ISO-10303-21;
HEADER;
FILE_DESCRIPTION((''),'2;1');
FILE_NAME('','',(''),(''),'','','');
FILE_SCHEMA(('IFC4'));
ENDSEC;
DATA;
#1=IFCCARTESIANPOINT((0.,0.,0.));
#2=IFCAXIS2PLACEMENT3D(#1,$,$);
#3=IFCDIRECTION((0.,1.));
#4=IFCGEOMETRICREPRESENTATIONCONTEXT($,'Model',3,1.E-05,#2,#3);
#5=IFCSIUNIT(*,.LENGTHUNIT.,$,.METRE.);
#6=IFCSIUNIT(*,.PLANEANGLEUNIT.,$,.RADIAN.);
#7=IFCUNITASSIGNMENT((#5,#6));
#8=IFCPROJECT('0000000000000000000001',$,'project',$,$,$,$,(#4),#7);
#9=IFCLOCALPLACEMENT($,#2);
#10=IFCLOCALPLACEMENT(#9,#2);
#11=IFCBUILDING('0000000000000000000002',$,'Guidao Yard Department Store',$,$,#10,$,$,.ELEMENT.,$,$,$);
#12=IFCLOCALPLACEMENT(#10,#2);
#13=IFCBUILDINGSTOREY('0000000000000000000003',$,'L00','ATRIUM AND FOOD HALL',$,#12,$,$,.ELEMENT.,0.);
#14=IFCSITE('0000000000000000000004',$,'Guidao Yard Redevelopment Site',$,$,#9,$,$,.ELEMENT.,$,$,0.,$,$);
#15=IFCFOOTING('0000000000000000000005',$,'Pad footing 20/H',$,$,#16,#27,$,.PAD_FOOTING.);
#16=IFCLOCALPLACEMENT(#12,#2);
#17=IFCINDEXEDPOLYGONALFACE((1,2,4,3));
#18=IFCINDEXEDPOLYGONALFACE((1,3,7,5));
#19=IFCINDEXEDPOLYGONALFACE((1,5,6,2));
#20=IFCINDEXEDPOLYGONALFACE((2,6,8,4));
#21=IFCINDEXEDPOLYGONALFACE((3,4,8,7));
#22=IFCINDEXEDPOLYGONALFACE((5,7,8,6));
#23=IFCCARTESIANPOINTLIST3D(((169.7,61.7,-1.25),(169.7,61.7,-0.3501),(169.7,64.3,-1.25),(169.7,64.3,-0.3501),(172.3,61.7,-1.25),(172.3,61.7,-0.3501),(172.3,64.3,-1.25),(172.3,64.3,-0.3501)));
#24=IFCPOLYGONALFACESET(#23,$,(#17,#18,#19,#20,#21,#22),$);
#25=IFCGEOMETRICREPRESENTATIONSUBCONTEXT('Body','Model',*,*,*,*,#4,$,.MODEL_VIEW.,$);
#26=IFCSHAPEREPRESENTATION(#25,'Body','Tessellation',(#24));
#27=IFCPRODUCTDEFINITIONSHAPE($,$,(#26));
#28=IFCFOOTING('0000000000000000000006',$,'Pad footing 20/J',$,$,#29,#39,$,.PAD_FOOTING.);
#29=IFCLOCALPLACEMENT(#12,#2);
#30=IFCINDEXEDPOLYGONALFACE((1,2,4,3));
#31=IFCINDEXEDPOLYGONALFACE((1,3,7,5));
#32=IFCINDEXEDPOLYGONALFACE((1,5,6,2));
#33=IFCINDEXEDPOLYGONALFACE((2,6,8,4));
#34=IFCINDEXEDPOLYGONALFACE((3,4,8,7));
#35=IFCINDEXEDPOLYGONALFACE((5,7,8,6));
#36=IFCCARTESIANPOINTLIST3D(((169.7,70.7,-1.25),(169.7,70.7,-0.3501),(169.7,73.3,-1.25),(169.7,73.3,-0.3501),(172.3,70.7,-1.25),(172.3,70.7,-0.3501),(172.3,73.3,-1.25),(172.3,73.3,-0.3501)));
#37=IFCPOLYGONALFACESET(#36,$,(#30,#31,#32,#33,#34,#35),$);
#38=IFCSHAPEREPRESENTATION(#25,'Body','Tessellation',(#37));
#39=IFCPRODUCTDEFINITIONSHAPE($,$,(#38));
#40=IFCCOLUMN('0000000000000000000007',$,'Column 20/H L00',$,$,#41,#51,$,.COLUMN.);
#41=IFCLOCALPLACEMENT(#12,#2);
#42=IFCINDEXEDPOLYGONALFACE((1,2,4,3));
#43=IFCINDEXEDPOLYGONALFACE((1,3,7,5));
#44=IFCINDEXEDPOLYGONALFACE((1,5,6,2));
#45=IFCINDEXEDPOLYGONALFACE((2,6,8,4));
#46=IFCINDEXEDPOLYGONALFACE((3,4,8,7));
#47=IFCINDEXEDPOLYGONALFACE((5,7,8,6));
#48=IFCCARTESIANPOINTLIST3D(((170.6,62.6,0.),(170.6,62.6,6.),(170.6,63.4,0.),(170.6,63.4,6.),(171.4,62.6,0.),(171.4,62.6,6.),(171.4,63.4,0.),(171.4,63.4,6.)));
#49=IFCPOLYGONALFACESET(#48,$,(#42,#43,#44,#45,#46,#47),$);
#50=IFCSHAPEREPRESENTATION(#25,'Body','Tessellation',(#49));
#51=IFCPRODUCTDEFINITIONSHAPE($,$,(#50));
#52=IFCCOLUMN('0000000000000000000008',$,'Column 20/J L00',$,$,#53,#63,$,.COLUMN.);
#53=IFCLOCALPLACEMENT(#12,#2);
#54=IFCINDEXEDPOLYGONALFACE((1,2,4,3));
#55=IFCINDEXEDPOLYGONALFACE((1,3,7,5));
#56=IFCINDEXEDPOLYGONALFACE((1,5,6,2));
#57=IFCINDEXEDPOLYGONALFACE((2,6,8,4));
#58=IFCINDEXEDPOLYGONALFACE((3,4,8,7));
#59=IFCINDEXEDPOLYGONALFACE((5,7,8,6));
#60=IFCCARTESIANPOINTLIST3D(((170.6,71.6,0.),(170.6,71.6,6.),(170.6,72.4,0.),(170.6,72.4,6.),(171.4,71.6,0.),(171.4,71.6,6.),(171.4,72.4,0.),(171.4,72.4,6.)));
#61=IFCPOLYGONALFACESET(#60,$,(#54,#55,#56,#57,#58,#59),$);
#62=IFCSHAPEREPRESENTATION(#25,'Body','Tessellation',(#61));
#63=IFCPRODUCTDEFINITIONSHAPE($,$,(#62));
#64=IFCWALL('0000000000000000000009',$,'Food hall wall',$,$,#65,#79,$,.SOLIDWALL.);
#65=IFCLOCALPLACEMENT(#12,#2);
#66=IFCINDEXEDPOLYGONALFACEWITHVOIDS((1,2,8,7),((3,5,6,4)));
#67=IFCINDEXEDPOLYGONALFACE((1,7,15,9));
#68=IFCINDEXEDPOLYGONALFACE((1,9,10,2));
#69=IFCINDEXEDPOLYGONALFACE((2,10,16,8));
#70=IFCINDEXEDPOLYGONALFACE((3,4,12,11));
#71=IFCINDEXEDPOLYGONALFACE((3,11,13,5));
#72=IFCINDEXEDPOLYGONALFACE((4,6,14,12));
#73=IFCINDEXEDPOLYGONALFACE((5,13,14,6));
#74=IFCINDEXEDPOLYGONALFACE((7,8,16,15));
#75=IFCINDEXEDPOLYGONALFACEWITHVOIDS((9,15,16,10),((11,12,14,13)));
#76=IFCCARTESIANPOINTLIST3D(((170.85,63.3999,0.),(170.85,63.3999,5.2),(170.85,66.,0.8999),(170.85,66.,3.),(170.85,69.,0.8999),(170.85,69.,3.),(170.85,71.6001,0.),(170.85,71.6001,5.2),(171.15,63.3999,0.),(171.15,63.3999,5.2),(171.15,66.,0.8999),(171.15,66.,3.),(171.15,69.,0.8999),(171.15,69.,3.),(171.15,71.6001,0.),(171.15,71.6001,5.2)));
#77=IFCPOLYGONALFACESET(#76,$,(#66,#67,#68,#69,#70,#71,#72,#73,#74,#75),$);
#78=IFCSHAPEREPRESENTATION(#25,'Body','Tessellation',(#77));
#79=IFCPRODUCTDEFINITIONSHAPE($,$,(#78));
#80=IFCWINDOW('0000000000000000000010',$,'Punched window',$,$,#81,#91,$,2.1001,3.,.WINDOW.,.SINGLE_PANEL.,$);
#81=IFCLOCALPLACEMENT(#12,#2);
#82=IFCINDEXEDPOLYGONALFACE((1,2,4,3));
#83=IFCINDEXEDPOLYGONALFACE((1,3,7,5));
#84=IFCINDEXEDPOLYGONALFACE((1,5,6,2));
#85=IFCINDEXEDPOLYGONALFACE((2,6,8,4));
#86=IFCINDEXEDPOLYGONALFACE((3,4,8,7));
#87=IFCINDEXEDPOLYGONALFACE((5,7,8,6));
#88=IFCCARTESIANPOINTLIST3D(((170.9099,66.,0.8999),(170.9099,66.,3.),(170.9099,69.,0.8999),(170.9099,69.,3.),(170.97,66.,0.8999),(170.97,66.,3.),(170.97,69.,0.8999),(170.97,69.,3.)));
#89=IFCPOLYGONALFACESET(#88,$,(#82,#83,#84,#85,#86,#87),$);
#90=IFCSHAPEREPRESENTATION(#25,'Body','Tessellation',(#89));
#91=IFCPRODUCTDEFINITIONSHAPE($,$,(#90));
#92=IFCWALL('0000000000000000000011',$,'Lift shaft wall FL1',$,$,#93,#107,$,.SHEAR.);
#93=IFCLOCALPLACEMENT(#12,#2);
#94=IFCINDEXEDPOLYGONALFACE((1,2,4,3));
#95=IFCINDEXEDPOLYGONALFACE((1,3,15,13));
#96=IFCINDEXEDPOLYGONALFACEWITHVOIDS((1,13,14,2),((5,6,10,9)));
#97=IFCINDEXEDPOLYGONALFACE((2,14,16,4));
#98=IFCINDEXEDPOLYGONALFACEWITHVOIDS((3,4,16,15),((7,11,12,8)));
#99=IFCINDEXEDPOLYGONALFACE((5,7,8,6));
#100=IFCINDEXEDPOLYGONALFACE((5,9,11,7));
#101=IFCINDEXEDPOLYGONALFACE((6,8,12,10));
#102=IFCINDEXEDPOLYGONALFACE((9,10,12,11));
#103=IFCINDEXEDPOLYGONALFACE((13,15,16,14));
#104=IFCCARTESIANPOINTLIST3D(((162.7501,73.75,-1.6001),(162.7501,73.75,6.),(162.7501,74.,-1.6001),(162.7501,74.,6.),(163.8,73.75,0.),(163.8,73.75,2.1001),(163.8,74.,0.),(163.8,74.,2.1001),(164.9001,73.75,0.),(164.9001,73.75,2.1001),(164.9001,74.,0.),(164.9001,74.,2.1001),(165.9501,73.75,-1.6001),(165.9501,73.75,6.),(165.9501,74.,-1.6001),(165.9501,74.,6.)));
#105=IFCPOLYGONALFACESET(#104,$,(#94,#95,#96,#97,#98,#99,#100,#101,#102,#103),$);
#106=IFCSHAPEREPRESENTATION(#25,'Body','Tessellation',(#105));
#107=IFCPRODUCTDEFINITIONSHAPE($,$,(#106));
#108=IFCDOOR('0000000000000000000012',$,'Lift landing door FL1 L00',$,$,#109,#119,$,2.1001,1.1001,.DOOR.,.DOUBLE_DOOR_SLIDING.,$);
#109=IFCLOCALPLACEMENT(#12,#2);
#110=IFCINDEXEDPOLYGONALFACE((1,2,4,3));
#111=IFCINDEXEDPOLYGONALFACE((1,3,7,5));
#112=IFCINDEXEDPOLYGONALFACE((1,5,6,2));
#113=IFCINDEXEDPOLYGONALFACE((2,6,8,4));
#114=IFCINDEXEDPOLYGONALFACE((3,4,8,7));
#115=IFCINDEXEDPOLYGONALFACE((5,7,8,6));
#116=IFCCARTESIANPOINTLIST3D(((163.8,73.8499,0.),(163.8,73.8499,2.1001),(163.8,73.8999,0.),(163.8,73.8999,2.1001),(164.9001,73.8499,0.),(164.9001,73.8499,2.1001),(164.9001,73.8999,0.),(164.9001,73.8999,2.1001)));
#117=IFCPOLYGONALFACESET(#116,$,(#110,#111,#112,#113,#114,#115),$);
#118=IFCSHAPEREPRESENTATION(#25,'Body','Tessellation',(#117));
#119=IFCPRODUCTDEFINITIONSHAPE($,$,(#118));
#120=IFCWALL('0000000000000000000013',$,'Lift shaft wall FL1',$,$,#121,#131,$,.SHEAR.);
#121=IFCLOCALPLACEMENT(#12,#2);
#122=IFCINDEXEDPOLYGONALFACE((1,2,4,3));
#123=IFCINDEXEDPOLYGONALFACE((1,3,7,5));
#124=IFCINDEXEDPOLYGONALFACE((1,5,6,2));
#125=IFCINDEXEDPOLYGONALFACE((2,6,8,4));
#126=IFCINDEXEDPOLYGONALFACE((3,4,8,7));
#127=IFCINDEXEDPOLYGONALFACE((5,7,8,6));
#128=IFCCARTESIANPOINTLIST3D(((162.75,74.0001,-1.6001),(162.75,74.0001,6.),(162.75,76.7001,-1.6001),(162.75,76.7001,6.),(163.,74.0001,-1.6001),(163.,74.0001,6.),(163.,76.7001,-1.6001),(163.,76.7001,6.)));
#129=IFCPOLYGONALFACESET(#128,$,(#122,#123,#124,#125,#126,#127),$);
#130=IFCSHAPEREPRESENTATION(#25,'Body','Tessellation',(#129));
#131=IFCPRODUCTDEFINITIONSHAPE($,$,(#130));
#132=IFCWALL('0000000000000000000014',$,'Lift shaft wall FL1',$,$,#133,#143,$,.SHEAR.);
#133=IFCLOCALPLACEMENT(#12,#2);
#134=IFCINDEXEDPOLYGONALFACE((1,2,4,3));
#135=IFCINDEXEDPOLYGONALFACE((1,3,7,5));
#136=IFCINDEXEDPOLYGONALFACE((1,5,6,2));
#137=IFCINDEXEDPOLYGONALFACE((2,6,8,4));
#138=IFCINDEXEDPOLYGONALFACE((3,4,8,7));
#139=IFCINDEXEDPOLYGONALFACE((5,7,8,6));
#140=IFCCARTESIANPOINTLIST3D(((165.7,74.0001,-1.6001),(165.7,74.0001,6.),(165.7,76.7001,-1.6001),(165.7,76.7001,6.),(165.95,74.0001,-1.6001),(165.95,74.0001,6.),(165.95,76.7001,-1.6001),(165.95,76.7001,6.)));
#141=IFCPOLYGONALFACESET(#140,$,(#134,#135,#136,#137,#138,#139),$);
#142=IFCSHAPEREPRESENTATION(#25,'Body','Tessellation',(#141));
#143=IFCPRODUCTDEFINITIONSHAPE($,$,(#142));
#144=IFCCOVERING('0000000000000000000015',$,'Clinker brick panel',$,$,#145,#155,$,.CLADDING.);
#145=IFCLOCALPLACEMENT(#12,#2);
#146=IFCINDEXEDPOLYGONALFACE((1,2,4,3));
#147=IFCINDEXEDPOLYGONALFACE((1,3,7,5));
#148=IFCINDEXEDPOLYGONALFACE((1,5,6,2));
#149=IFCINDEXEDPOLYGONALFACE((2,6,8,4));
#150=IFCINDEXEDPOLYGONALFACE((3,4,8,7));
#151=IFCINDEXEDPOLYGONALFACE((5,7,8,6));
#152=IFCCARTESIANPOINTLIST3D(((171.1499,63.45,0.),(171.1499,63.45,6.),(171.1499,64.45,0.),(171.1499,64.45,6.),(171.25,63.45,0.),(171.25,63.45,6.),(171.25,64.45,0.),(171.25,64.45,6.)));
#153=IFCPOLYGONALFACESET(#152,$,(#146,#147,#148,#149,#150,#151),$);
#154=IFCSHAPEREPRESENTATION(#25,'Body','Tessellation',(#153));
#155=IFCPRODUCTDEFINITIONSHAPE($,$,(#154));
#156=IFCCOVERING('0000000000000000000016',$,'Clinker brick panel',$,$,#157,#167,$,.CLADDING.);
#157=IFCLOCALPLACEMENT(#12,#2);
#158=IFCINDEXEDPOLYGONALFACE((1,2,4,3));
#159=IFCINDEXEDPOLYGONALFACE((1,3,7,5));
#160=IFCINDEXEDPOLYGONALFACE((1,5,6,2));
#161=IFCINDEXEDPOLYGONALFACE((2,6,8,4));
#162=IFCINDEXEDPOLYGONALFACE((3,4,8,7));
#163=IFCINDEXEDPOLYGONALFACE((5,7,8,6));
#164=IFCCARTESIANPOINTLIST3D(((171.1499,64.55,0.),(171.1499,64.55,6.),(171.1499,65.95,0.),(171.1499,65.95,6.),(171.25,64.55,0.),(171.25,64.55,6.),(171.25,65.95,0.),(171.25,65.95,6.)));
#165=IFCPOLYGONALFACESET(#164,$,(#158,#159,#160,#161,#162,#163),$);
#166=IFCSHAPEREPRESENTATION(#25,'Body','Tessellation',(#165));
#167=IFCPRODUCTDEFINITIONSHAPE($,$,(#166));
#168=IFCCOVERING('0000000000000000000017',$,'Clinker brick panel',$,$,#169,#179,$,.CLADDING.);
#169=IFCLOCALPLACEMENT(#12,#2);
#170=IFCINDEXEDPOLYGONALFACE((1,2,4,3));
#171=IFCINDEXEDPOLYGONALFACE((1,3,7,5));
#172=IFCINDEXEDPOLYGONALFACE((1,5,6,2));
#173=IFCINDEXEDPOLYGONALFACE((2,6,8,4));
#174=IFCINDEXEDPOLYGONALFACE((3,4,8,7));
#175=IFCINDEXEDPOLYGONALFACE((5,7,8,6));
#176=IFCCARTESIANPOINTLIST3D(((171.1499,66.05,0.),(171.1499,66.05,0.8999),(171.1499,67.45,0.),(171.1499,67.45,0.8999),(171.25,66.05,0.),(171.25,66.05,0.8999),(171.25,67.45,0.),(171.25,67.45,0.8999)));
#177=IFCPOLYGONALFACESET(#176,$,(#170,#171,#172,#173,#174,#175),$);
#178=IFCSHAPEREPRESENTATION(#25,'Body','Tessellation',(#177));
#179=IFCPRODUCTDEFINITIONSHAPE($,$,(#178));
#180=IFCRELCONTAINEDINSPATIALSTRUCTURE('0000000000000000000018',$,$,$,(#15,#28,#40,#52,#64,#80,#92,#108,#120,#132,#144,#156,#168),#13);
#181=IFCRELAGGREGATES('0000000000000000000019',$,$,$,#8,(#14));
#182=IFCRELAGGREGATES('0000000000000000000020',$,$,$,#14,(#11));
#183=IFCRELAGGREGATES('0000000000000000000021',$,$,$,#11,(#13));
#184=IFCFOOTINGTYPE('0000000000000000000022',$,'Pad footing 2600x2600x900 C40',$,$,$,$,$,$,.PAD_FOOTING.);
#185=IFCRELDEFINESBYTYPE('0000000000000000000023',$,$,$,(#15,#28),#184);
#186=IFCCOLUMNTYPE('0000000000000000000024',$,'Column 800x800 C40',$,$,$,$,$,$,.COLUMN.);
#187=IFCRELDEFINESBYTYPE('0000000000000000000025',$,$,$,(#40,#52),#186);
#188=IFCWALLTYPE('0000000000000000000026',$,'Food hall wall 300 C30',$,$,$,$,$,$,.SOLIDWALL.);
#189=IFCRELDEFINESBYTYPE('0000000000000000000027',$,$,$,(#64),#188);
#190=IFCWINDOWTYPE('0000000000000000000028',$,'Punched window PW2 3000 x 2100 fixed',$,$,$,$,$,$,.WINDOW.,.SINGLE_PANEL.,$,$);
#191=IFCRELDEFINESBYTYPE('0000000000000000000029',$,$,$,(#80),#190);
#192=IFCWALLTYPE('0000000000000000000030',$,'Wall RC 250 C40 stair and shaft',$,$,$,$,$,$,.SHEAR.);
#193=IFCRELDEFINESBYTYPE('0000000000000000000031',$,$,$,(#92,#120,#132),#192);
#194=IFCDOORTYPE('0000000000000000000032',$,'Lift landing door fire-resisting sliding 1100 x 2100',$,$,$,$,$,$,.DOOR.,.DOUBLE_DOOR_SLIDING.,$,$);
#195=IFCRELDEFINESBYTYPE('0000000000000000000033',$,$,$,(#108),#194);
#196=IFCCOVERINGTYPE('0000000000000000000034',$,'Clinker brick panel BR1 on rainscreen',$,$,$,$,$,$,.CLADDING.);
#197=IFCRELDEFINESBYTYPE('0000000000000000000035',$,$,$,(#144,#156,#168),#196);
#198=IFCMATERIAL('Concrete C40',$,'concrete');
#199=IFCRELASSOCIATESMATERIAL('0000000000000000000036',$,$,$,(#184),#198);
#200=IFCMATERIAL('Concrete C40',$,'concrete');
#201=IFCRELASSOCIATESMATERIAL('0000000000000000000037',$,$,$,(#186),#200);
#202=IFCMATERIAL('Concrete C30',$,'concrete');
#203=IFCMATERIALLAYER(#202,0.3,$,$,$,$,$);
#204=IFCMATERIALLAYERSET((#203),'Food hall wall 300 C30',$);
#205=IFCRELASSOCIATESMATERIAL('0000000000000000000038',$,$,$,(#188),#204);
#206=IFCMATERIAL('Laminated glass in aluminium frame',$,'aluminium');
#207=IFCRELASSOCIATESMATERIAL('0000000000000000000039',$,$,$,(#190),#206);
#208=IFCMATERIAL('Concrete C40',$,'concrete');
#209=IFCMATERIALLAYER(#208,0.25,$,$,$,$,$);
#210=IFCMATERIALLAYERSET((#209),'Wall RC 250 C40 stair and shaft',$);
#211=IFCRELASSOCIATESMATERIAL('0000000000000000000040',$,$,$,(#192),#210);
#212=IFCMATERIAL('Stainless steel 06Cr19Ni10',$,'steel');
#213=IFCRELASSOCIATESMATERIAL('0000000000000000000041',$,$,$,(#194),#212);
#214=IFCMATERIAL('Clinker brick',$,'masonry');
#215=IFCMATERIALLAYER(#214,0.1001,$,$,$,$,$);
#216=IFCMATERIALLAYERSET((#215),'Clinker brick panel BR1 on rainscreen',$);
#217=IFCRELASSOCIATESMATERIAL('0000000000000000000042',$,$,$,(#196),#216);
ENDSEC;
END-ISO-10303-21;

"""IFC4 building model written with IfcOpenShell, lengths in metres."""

from ifc_helpers import new_model, si_unit, direction, frame, frame_2d, origin, origin_2d, place, context, subcontext, project, spatial, rectangle, extrude, material, layer, layer_set, material_profile, profile_set, type_object, element, fill, save


model = new_model("IFC4")

# Units and contexts
model_context = context("Model", 3, precision=1e-05, world=origin(), true_north=direction((0.0, 1.0)))
body_context = subcontext(model_context, "Body", "Model", "MODEL_VIEW")
ifc_project = project(units=[si_unit("LENGTHUNIT", "METRE"), si_unit("PLANEANGLEUNIT", "RADIAN")], contexts=[model_context])

# Site, building, storey
site_placement = place(None, origin())
site = spatial("IfcSite", under=ifc_project, at=site_placement, Name="Guidao Yard Redevelopment Site", CompositionType="ELEMENT", RefElevation=0.0)
building_placement = place(site_placement, origin())
building = spatial("IfcBuilding", under=site, at=building_placement, Name="Guidao Yard Department Store", CompositionType="ELEMENT")
storey_placement = place(building_placement, origin())
storey = spatial("IfcBuildingStorey", under=building, at=storey_placement, Name="L00", Description="ATRIUM AND FOOD HALL", CompositionType="ELEMENT", Elevation=0.0)

# Footings
ifc_material_1 = material(Name="Concrete C40", Category="concrete")
footing_type = type_object("IfcFootingType", Name="Pad footing 2600x2600x900 C40", PredefinedType="PAD_FOOTING", material=ifc_material_1)
for number, where, z_axis, x_axis, name in (
    (1, (171.0, 63.0, -1.25), (0.0, 0.0, 1.0), (1.0, 0.0, 0.0), "Pad footing 20/H"),
    (2, (171.0, 72.0, -1.25), (0.0, 0.0, 1.0), (1.0, 0.0, 0.0), "Pad footing 20/J"),
):
    element("IfcFooting", number, at=place(storey_placement, frame(where, z_axis=z_axis, x_axis=x_axis)), inside=storey, type_object=footing_type, Name=name, PredefinedType="PAD_FOOTING", context=body_context, shape_type="SweptSolid", body=[
        extrude(rectangle(XDim=2.6001, YDim=2.6001, at=origin_2d()), origin(), (0.0, 0.0, 1.0), 0.8999),
    ])

# Columns
ifc_material_2 = material(Name="Concrete C40", Category="concrete")
ifc_material_profile = material_profile(ifc_material_2, rectangle(XDim=0.8, YDim=0.8, at=origin_2d()), Name="COL 800x800")
ifc_profile_set = profile_set([ifc_material_profile], Name="Concrete C40")
column_type = type_object("IfcColumnType", Name="Column 800x800 C40", PredefinedType="COLUMN", material=ifc_profile_set)
for number, where, z_axis, x_axis, name in (
    (3, (171.0, 63.0, 0.0), (0.0, 0.0, 1.0), (1.0, 0.0, 0.0), "Column 20/H L00"),
    (4, (171.0, 72.0, 0.0), (0.0, 0.0, 1.0), (1.0, 0.0, 0.0), "Column 20/J L00"),
):
    element("IfcColumn", number, at=place(storey_placement, frame(where, z_axis=z_axis, x_axis=x_axis)), inside=storey, type_object=column_type, Name=name, PredefinedType="COLUMN", context=body_context, shape_type="SweptSolid", body=[
        extrude(rectangle(XDim=0.8, YDim=0.8, at=origin_2d()), origin(), (0.0, 0.0, 1.0), 6.0),
    ])

# Wall, opening, window
ifc_material_3 = material(Name="Concrete C30", Category="concrete")
ifc_layer_1 = layer(ifc_material_3, 0.3)
ifc_layer_set_1 = layer_set([ifc_layer_1], Name="Food hall wall 300 C30")
wall_type_1 = type_object("IfcWallType", Name="Food hall wall 300 C30", PredefinedType="SOLIDWALL", material=ifc_layer_set_1)
wall_1_placement = place(storey_placement, frame((171.0, 71.6001, 0.0), z_axis=(0.0, 0.0, 1.0), x_axis=(0.0, -1.0, 0.0)))
wall_1 = element("IfcWall", 5, at=wall_1_placement, inside=storey, type_object=wall_type_1, Name="Food hall wall", PredefinedType="SOLIDWALL", context=body_context, shape_type="SweptSolid", body=[
    extrude(rectangle(XDim=8.2002, YDim=0.3, at=frame_2d((4.1001, 0.0))), origin(), (0.0, 0.0, 1.0), 5.2),
])
opening_1_placement = place(wall_1_placement, frame((2.6001, 0.0, 0.8999)))
opening_1 = element("IfcOpeningElement", 6, at=opening_1_placement, cuts=wall_1, PredefinedType="OPENING", context=body_context, shape_type="SweptSolid", body=[
    extrude(rectangle(XDim=3.0, YDim=2.1001, at=frame_2d((1.5, 1.05))), frame((0.0, 0.1599, 0.0), z_axis=(0.0, -1.0, 0.0), x_axis=(1.0, 0.0, 0.0)), (0.0, 0.0, 1.0), 0.3201),
])
ifc_material_4 = material(Name="Laminated glass in aluminium frame", Category="aluminium")
window_type = type_object("IfcWindowType", Name="Punched window PW2 3000 x 2100 fixed", PartitioningType="SINGLE_PANEL", PredefinedType="WINDOW", material=ifc_material_4)
window_placement = place(opening_1_placement, origin())
window = element("IfcWindow", 7, at=window_placement, inside=storey, type_object=window_type, Name="Punched window", OverallHeight=2.1001, OverallWidth=3.0, PartitioningType="SINGLE_PANEL", PredefinedType="WINDOW", context=body_context, shape_type="SweptSolid", body=[
    extrude(rectangle(XDim=3.0, YDim=2.1001, at=frame_2d((1.5, 1.05))), frame((0.0, -0.03, 0.0), z_axis=(0.0, -1.0, 0.0), x_axis=(1.0, 0.0, 0.0)), (0.0, 0.0, 1.0), 0.0601),
])
fill(opening_1, window)

# Wall, opening, door
ifc_material_5 = material(Name="Concrete C40", Category="concrete")
ifc_layer_2 = layer(ifc_material_5, 0.25)
ifc_layer_set_2 = layer_set([ifc_layer_2], Name="Wall RC 250 C40 stair and shaft")
wall_type_2 = type_object("IfcWallType", Name="Wall RC 250 C40 stair and shaft", PredefinedType="SHEAR", material=ifc_layer_set_2)
wall_2_placement = place(storey_placement, frame((162.75, 73.875, -1.6001), z_axis=(0.0, 0.0, 1.0), x_axis=(1.0, 0.0, 0.0)))
wall_2 = element("IfcWall", 8, at=wall_2_placement, inside=storey, type_object=wall_type_2, Name="Lift shaft wall FL1", PredefinedType="SHEAR", context=body_context, shape_type="SweptSolid", body=[
    extrude(rectangle(XDim=3.2, YDim=0.25, at=frame_2d((1.6001, 0.0))), origin(), (0.0, 0.0, 1.0), 7.6001),
])
opening_2_placement = place(wall_2_placement, frame((1.05, 0.0, 1.6001)))
opening_2 = element("IfcOpeningElement", 9, at=opening_2_placement, cuts=wall_2, PredefinedType="OPENING", context=body_context, shape_type="SweptSolid", body=[
    extrude(rectangle(XDim=1.1001, YDim=2.1001, at=frame_2d((0.55, 1.05))), frame((0.0, 0.135, 0.0), z_axis=(0.0, -1.0, 0.0), x_axis=(1.0, 0.0, 0.0)), (0.0, 0.0, 1.0), 0.27),
])
ifc_material_6 = material(Name="Stainless steel 06Cr19Ni10", Category="steel")
door_type = type_object("IfcDoorType", Name="Lift landing door fire-resisting sliding 1100 x 2100", OperationType="DOUBLE_DOOR_SLIDING", PredefinedType="DOOR", material=ifc_material_6)
door_placement = place(opening_2_placement, origin())
door = element("IfcDoor", 10, at=door_placement, inside=storey, type_object=door_type, Name="Lift landing door FL1 L00", OperationType="DOUBLE_DOOR_SLIDING", OverallHeight=2.1001, OverallWidth=1.1001, PredefinedType="DOOR", context=body_context, shape_type="SweptSolid", body=[
    extrude(rectangle(XDim=1.1001, YDim=2.1001, at=frame_2d((0.55, 1.05))), frame((0.0, 0.0249, 0.0), z_axis=(0.0, -1.0, 0.0), x_axis=(1.0, 0.0, 0.0)), (0.0, 0.0, 1.0), 0.05),
])
fill(opening_2, door)

# Walls
for number, where, z_axis, x_axis, name in (
    (11, (162.875, 74.0, -1.6001), (0.0, 0.0, 1.0), (0.0, 1.0, 0.0), "Lift shaft wall FL1"),
    (12, (165.825, 74.0, -1.6001), (0.0, 0.0, 1.0), (0.0, 1.0, 0.0), "Lift shaft wall FL1"),
):
    element("IfcWall", number, at=place(storey_placement, frame(where, z_axis=z_axis, x_axis=x_axis)), inside=storey, type_object=wall_type_2, Name=name, PredefinedType="SHEAR", context=body_context, shape_type="SweptSolid", body=[
        extrude(rectangle(XDim=2.7, YDim=0.25, at=frame_2d((1.3501, 0.0))), origin(), (0.0, 0.0, 1.0), 7.6001),
    ])

# Coverings
ifc_material_7 = material(Name="Clinker brick", Category="masonry")
ifc_layer_3 = layer(ifc_material_7, 0.1001)
ifc_layer_set_3 = layer_set([ifc_layer_3], Name="Clinker brick panel BR1 on rainscreen")
covering_type = type_object("IfcCoveringType", Name="Clinker brick panel BR1 on rainscreen", PredefinedType="CLADDING", material=ifc_layer_set_3)
covering_1_placement = place(storey_placement, frame((171.2, 63.95, 0.0), z_axis=(0.0, 0.0, 1.0), x_axis=(0.0, -1.0, 0.0)))
element("IfcCovering", 13, at=covering_1_placement, inside=storey, type_object=covering_type, Name="Clinker brick panel", PredefinedType="CLADDING", context=body_context, shape_type="SweptSolid", body=[
    extrude(rectangle(XDim=1.0, YDim=0.1001, at=origin_2d()), origin(), (0.0, 0.0, 1.0), 6.0),
])
covering_2_placement = place(storey_placement, frame((171.2, 65.25, 0.0), z_axis=(0.0, 0.0, 1.0), x_axis=(0.0, -1.0, 0.0)))
element("IfcCovering", 14, at=covering_2_placement, inside=storey, type_object=covering_type, Name="Clinker brick panel", PredefinedType="CLADDING", context=body_context, shape_type="SweptSolid", body=[
    extrude(rectangle(XDim=1.3999, YDim=0.1001, at=origin_2d()), origin(), (0.0, 0.0, 1.0), 6.0),
])
covering_3_placement = place(storey_placement, frame((171.2, 66.75, 0.0), z_axis=(0.0, 0.0, 1.0), x_axis=(0.0, -1.0, 0.0)))
element("IfcCovering", 15, at=covering_3_placement, inside=storey, type_object=covering_type, Name="Clinker brick panel", PredefinedType="CLADDING", context=body_context, shape_type="SweptSolid", body=[
    extrude(rectangle(XDim=1.3999, YDim=0.1001, at=origin_2d()), origin(), (0.0, 0.0, 1.0), 0.8999),
])

save(model, "model.ifc")
